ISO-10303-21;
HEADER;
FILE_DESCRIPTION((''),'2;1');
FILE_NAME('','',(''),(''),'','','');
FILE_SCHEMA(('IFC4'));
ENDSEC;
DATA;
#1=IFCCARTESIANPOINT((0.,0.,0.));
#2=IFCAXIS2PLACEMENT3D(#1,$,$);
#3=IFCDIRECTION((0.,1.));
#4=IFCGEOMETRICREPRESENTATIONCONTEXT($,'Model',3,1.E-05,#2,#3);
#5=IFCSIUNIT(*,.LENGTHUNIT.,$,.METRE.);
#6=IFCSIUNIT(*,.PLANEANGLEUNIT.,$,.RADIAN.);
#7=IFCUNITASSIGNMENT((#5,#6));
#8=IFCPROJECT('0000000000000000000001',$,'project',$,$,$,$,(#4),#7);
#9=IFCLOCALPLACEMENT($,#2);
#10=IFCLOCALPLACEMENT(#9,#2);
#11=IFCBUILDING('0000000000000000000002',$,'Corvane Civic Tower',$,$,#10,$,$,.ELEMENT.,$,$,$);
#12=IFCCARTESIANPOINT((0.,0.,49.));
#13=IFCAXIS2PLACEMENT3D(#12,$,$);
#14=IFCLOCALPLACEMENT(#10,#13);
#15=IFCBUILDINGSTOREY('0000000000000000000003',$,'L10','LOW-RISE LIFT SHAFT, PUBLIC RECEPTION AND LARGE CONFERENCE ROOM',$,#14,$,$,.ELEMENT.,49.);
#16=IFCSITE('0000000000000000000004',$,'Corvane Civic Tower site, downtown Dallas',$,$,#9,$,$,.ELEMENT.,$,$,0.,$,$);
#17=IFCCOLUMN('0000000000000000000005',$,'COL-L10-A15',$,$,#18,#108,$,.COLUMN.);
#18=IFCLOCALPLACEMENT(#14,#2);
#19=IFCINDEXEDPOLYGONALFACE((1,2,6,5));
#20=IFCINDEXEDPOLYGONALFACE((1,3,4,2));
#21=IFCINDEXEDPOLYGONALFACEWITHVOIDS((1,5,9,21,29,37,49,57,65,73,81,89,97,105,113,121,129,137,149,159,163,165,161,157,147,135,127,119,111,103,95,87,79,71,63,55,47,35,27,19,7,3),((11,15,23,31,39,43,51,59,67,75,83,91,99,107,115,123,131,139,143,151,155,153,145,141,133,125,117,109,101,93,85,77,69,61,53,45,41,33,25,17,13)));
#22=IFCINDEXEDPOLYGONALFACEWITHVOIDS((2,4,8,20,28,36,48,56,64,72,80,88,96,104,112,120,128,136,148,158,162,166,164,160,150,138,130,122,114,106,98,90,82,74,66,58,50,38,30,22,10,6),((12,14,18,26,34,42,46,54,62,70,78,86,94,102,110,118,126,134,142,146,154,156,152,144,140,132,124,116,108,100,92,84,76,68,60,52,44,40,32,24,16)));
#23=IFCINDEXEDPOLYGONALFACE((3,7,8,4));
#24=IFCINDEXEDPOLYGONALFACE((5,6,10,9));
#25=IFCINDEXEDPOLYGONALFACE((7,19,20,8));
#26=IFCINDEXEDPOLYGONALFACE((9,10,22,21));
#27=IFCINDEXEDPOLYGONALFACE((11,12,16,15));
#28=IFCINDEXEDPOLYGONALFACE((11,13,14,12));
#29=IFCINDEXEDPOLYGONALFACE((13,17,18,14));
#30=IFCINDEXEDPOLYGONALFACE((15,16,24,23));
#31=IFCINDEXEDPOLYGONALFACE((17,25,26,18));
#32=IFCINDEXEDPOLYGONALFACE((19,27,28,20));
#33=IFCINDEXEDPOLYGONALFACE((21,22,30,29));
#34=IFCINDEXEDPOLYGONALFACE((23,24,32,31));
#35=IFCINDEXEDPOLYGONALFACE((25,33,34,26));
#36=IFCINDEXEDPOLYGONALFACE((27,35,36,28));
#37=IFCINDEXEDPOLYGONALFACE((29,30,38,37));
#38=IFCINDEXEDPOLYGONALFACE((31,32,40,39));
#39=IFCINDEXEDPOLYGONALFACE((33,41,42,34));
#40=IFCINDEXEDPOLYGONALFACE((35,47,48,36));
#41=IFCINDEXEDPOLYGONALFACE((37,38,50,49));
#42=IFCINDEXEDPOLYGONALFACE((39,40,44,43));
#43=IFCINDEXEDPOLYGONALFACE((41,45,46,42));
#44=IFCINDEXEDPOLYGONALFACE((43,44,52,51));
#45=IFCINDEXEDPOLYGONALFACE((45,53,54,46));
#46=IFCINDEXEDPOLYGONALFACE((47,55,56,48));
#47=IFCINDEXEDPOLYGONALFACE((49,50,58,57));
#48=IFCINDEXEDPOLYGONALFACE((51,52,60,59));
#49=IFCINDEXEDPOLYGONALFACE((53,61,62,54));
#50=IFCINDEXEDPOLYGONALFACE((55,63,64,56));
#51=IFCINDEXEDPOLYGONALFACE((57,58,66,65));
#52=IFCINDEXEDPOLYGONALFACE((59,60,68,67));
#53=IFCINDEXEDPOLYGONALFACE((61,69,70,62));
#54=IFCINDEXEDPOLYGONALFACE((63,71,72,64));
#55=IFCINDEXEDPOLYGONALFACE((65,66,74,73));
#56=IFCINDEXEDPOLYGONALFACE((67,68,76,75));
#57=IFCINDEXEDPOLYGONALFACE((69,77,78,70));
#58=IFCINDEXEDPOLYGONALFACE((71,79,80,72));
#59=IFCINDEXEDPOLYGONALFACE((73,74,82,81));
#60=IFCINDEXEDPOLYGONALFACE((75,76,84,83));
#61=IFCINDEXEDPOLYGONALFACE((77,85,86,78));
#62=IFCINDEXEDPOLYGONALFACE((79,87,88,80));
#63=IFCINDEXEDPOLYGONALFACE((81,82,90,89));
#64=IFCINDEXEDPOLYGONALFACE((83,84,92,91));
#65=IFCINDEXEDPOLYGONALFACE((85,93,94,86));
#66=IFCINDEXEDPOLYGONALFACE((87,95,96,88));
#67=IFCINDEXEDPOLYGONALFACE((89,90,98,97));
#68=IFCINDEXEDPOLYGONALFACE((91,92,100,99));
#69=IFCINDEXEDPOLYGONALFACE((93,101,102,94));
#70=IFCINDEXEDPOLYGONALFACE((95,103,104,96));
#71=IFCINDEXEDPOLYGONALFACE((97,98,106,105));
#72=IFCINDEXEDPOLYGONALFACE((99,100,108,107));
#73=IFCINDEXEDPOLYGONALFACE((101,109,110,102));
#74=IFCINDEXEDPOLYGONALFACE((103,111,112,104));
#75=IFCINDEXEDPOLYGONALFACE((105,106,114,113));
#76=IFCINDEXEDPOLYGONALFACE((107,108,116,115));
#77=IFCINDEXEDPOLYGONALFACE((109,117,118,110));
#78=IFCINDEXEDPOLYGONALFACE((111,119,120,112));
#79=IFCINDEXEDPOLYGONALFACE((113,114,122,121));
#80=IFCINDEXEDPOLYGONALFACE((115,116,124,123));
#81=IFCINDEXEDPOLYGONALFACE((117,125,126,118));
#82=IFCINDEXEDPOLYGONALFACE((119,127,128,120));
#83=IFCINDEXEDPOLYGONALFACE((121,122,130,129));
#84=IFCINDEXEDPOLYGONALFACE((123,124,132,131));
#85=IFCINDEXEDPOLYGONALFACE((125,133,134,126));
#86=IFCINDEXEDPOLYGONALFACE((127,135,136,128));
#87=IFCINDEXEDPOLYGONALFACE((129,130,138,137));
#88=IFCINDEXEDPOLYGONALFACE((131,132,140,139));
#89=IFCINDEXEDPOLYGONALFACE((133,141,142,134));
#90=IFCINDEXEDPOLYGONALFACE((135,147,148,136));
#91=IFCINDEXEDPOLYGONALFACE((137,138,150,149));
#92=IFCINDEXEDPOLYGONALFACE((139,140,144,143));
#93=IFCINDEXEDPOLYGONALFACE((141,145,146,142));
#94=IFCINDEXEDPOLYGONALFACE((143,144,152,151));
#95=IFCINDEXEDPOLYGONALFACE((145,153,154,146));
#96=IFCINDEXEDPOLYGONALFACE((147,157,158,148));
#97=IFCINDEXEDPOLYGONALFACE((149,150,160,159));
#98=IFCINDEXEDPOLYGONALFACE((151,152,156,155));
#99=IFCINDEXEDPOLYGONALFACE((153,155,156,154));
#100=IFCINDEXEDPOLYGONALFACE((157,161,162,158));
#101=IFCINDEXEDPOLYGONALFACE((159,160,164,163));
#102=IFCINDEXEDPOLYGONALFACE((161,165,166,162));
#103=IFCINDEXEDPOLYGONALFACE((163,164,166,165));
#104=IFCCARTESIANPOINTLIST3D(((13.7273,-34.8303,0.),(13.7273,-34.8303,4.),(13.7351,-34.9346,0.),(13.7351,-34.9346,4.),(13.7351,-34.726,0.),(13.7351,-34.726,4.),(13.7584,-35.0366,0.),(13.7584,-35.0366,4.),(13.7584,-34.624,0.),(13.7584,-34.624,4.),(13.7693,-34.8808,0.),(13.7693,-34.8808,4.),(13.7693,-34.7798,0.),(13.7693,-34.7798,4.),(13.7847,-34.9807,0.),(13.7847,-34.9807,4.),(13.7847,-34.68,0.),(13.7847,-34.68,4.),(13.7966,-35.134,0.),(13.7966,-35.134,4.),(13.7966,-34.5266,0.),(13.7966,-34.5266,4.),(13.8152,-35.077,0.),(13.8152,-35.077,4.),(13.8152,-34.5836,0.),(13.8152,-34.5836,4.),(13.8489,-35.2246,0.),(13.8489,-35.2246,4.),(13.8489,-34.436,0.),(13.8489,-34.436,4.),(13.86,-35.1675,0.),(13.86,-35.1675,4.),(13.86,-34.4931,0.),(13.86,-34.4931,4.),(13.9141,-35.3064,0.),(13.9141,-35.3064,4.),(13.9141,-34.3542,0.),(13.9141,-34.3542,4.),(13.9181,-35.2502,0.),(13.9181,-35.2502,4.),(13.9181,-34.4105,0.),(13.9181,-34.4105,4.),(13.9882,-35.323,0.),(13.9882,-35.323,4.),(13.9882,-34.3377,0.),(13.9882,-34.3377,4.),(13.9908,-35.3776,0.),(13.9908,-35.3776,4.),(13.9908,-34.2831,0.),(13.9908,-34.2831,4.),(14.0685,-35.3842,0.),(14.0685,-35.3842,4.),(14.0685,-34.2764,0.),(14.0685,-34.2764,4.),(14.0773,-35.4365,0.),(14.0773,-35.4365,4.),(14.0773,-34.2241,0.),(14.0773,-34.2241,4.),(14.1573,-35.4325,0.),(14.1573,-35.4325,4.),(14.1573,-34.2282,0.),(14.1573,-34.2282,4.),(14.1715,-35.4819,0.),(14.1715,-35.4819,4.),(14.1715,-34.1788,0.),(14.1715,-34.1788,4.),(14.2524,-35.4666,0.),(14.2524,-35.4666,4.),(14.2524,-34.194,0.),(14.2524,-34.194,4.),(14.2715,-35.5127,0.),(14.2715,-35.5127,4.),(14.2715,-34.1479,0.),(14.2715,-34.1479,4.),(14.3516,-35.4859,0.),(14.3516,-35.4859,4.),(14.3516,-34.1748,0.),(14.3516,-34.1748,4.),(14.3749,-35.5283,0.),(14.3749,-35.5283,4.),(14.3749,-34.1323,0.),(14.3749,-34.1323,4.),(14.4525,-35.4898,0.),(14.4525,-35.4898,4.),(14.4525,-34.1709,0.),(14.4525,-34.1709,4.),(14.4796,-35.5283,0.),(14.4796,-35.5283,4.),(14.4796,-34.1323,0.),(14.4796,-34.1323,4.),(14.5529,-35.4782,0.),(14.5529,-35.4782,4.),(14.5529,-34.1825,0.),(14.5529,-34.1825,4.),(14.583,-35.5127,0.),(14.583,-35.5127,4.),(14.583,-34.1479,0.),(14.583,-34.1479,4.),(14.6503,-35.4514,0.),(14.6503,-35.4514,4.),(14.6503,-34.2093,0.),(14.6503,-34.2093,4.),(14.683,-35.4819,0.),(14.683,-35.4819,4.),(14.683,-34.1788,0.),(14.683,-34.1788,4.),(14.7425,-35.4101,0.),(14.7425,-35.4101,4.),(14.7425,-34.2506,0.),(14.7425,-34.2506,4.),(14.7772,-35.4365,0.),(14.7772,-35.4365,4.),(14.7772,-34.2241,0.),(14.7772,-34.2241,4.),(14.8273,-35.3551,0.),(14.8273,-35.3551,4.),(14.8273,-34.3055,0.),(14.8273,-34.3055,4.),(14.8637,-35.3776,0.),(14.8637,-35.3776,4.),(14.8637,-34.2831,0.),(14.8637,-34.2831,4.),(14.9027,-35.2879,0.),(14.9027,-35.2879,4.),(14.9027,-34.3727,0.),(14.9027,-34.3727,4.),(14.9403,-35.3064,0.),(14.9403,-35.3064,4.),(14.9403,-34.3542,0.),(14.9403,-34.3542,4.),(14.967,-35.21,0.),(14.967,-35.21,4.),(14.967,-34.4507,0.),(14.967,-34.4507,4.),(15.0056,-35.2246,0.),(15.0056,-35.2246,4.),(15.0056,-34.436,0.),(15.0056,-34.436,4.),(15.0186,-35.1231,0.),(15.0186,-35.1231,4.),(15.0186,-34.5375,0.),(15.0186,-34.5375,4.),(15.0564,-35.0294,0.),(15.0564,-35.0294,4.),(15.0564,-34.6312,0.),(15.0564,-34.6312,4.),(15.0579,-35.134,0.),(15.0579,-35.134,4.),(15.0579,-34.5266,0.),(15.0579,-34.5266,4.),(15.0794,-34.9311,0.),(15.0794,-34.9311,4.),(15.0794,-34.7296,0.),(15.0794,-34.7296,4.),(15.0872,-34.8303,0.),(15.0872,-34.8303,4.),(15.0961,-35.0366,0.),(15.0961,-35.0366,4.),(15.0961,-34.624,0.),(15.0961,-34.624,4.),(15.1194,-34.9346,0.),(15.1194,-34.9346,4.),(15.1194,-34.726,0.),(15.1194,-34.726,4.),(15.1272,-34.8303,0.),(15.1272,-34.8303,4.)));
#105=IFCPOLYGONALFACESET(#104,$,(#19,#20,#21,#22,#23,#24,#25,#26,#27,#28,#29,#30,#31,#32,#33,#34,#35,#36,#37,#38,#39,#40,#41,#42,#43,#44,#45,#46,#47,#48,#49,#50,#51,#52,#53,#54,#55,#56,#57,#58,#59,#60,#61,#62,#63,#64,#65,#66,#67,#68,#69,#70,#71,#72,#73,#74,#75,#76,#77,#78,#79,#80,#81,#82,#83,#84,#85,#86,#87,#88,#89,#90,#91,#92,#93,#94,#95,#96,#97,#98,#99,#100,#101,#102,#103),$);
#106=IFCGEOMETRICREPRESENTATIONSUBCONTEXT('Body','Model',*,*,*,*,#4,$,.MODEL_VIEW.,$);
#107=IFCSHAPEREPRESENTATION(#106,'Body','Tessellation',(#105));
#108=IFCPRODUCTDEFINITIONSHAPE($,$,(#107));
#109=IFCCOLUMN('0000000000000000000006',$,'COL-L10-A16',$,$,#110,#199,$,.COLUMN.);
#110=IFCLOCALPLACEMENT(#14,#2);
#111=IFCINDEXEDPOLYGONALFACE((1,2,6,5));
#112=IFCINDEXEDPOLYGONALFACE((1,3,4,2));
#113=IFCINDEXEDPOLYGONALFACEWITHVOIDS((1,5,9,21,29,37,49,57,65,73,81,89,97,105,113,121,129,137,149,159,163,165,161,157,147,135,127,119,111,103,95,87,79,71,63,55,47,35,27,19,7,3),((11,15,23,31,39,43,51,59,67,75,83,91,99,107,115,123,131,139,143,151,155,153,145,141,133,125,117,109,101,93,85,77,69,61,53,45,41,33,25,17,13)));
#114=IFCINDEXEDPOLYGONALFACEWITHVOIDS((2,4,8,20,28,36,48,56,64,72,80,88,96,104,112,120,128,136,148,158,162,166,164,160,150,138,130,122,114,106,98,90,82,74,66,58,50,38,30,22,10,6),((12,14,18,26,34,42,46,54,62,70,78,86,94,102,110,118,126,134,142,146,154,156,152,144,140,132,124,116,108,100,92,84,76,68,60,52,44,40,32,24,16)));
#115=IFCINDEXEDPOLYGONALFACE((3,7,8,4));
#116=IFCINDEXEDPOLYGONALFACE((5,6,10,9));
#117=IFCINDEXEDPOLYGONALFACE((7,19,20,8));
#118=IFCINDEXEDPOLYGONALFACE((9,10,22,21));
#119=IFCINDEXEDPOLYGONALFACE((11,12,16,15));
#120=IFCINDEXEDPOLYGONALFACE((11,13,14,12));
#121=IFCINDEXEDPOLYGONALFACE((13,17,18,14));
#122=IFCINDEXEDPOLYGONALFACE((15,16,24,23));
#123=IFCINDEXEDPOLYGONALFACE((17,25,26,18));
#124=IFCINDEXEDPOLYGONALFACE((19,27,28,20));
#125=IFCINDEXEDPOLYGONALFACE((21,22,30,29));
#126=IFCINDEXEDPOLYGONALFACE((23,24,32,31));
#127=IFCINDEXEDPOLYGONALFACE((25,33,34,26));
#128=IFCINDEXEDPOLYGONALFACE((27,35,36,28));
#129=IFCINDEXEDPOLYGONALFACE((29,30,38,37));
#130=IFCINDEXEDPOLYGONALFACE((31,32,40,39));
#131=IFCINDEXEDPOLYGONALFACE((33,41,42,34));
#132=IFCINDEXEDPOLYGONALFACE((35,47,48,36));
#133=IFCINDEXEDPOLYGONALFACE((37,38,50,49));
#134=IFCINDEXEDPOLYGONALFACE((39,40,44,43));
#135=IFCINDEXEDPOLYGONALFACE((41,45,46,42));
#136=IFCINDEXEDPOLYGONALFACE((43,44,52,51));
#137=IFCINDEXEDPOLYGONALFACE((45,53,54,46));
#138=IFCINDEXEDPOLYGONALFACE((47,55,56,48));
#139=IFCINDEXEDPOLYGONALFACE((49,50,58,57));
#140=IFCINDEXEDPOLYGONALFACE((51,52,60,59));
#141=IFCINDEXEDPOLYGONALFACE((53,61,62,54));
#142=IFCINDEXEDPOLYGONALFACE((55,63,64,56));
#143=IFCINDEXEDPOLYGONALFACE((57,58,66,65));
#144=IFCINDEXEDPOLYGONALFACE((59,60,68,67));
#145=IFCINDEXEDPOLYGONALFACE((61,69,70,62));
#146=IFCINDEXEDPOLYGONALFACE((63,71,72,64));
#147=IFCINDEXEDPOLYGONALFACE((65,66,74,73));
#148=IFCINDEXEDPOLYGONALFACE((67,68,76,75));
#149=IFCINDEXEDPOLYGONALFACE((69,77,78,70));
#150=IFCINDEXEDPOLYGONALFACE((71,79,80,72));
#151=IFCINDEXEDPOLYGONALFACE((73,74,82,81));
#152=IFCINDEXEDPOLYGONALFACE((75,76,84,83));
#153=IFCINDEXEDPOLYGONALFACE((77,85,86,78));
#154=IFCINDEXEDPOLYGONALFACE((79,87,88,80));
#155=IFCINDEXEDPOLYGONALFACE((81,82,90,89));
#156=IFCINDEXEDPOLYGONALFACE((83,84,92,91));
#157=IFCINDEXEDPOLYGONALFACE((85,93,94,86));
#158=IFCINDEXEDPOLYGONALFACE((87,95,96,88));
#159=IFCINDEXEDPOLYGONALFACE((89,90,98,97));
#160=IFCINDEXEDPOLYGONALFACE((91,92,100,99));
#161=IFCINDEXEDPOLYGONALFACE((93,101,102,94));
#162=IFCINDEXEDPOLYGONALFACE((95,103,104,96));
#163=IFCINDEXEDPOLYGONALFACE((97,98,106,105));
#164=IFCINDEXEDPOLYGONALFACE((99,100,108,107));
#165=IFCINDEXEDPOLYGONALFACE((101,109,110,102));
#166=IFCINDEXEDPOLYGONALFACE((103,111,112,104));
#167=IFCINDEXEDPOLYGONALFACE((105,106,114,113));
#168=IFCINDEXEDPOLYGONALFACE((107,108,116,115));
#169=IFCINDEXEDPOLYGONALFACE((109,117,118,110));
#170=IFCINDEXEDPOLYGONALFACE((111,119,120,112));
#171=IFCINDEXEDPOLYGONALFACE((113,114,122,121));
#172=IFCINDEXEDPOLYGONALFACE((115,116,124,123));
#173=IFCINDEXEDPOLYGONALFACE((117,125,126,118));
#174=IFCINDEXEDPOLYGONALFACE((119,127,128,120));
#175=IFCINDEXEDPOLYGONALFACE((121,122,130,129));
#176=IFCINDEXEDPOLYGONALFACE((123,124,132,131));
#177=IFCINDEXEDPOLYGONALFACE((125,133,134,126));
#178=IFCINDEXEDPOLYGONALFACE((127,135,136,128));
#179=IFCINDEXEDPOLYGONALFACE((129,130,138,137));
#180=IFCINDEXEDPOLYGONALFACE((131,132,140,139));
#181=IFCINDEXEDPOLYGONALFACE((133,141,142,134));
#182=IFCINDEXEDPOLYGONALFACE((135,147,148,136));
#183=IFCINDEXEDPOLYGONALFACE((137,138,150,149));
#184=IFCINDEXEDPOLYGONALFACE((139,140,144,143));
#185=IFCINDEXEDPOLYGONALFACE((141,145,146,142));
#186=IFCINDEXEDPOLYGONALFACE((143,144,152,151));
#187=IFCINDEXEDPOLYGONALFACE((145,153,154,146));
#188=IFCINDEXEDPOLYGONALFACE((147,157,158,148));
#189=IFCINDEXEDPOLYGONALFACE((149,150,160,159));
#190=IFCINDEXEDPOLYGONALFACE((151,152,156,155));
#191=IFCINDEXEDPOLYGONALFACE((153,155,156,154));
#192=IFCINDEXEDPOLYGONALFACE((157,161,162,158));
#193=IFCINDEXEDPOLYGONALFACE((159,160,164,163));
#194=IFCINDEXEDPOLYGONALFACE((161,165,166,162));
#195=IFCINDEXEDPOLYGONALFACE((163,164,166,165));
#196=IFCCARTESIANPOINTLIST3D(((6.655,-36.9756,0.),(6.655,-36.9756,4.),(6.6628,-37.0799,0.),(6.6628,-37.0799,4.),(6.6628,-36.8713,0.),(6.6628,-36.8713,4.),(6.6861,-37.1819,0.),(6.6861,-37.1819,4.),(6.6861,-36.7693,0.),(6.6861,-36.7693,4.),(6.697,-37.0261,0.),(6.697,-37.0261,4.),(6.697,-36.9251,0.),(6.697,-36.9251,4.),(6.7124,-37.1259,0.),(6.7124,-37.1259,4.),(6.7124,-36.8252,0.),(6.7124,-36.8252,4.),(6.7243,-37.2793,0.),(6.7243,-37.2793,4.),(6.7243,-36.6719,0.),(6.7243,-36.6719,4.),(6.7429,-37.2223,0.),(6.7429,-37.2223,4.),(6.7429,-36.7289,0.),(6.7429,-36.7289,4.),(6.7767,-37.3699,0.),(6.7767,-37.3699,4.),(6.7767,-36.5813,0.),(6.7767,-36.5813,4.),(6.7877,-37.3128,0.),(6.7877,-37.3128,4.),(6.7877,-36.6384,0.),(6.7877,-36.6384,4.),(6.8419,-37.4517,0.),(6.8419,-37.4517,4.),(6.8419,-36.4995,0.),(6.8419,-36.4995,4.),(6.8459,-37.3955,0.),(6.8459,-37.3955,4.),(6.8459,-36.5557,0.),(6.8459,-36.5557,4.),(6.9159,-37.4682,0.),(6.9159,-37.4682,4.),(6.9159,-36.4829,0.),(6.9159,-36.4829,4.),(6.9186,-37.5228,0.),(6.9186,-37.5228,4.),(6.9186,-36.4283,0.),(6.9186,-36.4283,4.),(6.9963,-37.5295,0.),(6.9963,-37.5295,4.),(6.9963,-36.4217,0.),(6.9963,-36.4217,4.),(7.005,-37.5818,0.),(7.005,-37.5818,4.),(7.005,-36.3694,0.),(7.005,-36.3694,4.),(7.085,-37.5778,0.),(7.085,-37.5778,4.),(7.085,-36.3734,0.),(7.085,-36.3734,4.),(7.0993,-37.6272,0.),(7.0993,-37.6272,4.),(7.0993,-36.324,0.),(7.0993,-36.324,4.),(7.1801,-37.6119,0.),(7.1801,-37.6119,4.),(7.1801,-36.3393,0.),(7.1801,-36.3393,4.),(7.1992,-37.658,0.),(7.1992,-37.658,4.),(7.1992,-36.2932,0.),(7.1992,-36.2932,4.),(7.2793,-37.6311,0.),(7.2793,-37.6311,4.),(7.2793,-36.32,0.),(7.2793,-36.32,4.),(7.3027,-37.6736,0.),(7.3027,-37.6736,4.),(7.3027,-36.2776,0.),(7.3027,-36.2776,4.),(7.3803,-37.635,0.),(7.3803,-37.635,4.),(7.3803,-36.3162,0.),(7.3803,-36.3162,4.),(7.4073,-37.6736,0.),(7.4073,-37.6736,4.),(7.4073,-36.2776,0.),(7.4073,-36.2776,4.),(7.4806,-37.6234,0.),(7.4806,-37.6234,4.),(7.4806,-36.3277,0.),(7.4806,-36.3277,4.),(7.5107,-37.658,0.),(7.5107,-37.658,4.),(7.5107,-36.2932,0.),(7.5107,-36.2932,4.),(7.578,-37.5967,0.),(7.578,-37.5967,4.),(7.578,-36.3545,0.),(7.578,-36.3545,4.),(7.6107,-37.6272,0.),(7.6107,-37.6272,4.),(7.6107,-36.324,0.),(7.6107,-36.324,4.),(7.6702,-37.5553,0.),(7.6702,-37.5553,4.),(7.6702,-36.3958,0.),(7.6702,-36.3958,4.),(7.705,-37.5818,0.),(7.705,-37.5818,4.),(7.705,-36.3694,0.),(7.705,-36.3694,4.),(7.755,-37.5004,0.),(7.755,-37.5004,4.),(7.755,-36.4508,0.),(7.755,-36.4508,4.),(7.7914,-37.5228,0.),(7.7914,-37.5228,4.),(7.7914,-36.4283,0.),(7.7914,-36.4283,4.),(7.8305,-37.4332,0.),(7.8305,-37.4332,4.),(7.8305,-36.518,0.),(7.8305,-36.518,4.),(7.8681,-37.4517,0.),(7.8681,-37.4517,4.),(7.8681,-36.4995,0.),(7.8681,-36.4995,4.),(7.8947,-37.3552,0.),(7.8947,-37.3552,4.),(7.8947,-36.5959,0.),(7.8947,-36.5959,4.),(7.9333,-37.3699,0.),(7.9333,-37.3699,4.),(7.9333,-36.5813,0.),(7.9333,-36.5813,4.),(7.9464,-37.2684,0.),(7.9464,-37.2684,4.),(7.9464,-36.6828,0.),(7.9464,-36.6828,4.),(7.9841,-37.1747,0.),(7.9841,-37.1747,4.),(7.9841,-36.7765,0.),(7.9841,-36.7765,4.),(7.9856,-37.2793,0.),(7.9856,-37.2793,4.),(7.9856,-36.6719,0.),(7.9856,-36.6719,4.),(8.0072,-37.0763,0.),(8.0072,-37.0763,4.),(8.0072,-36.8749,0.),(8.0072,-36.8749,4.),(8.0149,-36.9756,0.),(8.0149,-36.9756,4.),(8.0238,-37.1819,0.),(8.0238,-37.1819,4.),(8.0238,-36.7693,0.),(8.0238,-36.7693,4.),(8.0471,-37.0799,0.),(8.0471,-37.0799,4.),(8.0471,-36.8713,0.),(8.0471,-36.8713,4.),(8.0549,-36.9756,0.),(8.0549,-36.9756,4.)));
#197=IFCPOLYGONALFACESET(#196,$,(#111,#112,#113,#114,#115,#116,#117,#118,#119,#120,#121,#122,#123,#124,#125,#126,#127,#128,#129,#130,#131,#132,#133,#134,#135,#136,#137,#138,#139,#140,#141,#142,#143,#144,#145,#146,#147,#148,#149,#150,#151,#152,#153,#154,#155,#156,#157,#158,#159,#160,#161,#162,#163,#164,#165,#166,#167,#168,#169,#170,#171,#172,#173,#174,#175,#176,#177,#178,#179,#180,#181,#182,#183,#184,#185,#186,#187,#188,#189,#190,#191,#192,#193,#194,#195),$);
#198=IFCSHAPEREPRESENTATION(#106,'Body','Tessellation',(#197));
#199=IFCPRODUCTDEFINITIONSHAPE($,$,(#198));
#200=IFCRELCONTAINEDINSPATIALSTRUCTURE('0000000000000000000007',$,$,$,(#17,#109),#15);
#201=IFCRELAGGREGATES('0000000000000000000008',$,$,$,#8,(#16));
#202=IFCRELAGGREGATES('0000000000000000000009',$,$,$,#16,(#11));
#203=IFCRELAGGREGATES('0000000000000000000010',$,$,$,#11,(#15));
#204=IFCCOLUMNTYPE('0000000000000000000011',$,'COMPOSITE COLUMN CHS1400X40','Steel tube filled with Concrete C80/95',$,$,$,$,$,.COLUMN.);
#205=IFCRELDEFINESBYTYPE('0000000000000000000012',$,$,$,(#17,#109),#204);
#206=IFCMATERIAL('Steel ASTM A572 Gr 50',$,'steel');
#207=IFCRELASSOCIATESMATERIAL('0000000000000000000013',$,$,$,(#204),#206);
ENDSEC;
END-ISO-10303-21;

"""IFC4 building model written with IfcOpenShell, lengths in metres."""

from ifc_helpers import new_model, si_unit, direction, frame, origin, origin_2d, place, context, subcontext, project, spatial, hollow_circle, extrude, material, material_profile, profile_set, type_object, element, save


model = new_model("IFC4")

# Units and contexts
model_context = context("Model", 3, precision=1e-05, world=origin(), true_north=direction((0.0, 1.0)))
body_context = subcontext(model_context, "Body", "Model", "MODEL_VIEW")
ifc_project = project(units=[si_unit("LENGTHUNIT", "METRE"), si_unit("PLANEANGLEUNIT", "RADIAN")], contexts=[model_context])

# Site, building, storey
site_placement = place(None, origin())
site = spatial("IfcSite", under=ifc_project, at=site_placement, Name="Corvane Civic Tower site, downtown Dallas", CompositionType="ELEMENT", RefElevation=0.0)
building_placement = place(site_placement, origin())
building = spatial("IfcBuilding", under=site, at=building_placement, Name="Corvane Civic Tower", CompositionType="ELEMENT")
storey_placement = place(building_placement, frame((0.0, 0.0, 49.0)))
storey = spatial("IfcBuildingStorey", under=building, at=storey_placement, Name="L10", Description="LOW-RISE LIFT SHAFT, PUBLIC RECEPTION AND LARGE CONFERENCE ROOM", CompositionType="ELEMENT", Elevation=49.0)

# Columns
ifc_material_1 = material(Name="Steel ASTM A572 Gr 50", Category="steel")
ifc_material_profile_1 = material_profile(ifc_material_1, hollow_circle(Radius=0.7, WallThickness=0.04, at=origin_2d()), Name="CHS1400X40")
ifc_profile_set_1 = profile_set([ifc_material_profile_1], Name="Steel ASTM A572 Gr 50")
column_type = type_object("IfcColumnType", Name="COMPOSITE COLUMN CHS1400X40", Description="Steel tube filled with Concrete C80/95", PredefinedType="COLUMN", material=ifc_profile_set_1)
for number, where, z_axis, x_axis, name in (
    (1, (14.4272, -34.8303, 0.0), (0.0, 0.0, 1.0), (1.0, 0.0, 0.0), "COL-L10-A15"),
    (2, (7.355, -36.9756, 0.0), (0.0, 0.0, 1.0), (1.0, 0.0, 0.0), "COL-L10-A16"),
):
    element("IfcColumn", number, at=place(storey_placement, frame(where, z_axis=z_axis, x_axis=x_axis)), inside=storey, type_object=column_type, Name=name, PredefinedType="COLUMN", context=body_context, shape_type="SweptSolid", body=[
        extrude(hollow_circle(Radius=0.7, WallThickness=0.04, at=origin_2d()), origin(), (0.0, 0.0, 1.0), 4.0),
    ])

save(model, "model.ifc")
